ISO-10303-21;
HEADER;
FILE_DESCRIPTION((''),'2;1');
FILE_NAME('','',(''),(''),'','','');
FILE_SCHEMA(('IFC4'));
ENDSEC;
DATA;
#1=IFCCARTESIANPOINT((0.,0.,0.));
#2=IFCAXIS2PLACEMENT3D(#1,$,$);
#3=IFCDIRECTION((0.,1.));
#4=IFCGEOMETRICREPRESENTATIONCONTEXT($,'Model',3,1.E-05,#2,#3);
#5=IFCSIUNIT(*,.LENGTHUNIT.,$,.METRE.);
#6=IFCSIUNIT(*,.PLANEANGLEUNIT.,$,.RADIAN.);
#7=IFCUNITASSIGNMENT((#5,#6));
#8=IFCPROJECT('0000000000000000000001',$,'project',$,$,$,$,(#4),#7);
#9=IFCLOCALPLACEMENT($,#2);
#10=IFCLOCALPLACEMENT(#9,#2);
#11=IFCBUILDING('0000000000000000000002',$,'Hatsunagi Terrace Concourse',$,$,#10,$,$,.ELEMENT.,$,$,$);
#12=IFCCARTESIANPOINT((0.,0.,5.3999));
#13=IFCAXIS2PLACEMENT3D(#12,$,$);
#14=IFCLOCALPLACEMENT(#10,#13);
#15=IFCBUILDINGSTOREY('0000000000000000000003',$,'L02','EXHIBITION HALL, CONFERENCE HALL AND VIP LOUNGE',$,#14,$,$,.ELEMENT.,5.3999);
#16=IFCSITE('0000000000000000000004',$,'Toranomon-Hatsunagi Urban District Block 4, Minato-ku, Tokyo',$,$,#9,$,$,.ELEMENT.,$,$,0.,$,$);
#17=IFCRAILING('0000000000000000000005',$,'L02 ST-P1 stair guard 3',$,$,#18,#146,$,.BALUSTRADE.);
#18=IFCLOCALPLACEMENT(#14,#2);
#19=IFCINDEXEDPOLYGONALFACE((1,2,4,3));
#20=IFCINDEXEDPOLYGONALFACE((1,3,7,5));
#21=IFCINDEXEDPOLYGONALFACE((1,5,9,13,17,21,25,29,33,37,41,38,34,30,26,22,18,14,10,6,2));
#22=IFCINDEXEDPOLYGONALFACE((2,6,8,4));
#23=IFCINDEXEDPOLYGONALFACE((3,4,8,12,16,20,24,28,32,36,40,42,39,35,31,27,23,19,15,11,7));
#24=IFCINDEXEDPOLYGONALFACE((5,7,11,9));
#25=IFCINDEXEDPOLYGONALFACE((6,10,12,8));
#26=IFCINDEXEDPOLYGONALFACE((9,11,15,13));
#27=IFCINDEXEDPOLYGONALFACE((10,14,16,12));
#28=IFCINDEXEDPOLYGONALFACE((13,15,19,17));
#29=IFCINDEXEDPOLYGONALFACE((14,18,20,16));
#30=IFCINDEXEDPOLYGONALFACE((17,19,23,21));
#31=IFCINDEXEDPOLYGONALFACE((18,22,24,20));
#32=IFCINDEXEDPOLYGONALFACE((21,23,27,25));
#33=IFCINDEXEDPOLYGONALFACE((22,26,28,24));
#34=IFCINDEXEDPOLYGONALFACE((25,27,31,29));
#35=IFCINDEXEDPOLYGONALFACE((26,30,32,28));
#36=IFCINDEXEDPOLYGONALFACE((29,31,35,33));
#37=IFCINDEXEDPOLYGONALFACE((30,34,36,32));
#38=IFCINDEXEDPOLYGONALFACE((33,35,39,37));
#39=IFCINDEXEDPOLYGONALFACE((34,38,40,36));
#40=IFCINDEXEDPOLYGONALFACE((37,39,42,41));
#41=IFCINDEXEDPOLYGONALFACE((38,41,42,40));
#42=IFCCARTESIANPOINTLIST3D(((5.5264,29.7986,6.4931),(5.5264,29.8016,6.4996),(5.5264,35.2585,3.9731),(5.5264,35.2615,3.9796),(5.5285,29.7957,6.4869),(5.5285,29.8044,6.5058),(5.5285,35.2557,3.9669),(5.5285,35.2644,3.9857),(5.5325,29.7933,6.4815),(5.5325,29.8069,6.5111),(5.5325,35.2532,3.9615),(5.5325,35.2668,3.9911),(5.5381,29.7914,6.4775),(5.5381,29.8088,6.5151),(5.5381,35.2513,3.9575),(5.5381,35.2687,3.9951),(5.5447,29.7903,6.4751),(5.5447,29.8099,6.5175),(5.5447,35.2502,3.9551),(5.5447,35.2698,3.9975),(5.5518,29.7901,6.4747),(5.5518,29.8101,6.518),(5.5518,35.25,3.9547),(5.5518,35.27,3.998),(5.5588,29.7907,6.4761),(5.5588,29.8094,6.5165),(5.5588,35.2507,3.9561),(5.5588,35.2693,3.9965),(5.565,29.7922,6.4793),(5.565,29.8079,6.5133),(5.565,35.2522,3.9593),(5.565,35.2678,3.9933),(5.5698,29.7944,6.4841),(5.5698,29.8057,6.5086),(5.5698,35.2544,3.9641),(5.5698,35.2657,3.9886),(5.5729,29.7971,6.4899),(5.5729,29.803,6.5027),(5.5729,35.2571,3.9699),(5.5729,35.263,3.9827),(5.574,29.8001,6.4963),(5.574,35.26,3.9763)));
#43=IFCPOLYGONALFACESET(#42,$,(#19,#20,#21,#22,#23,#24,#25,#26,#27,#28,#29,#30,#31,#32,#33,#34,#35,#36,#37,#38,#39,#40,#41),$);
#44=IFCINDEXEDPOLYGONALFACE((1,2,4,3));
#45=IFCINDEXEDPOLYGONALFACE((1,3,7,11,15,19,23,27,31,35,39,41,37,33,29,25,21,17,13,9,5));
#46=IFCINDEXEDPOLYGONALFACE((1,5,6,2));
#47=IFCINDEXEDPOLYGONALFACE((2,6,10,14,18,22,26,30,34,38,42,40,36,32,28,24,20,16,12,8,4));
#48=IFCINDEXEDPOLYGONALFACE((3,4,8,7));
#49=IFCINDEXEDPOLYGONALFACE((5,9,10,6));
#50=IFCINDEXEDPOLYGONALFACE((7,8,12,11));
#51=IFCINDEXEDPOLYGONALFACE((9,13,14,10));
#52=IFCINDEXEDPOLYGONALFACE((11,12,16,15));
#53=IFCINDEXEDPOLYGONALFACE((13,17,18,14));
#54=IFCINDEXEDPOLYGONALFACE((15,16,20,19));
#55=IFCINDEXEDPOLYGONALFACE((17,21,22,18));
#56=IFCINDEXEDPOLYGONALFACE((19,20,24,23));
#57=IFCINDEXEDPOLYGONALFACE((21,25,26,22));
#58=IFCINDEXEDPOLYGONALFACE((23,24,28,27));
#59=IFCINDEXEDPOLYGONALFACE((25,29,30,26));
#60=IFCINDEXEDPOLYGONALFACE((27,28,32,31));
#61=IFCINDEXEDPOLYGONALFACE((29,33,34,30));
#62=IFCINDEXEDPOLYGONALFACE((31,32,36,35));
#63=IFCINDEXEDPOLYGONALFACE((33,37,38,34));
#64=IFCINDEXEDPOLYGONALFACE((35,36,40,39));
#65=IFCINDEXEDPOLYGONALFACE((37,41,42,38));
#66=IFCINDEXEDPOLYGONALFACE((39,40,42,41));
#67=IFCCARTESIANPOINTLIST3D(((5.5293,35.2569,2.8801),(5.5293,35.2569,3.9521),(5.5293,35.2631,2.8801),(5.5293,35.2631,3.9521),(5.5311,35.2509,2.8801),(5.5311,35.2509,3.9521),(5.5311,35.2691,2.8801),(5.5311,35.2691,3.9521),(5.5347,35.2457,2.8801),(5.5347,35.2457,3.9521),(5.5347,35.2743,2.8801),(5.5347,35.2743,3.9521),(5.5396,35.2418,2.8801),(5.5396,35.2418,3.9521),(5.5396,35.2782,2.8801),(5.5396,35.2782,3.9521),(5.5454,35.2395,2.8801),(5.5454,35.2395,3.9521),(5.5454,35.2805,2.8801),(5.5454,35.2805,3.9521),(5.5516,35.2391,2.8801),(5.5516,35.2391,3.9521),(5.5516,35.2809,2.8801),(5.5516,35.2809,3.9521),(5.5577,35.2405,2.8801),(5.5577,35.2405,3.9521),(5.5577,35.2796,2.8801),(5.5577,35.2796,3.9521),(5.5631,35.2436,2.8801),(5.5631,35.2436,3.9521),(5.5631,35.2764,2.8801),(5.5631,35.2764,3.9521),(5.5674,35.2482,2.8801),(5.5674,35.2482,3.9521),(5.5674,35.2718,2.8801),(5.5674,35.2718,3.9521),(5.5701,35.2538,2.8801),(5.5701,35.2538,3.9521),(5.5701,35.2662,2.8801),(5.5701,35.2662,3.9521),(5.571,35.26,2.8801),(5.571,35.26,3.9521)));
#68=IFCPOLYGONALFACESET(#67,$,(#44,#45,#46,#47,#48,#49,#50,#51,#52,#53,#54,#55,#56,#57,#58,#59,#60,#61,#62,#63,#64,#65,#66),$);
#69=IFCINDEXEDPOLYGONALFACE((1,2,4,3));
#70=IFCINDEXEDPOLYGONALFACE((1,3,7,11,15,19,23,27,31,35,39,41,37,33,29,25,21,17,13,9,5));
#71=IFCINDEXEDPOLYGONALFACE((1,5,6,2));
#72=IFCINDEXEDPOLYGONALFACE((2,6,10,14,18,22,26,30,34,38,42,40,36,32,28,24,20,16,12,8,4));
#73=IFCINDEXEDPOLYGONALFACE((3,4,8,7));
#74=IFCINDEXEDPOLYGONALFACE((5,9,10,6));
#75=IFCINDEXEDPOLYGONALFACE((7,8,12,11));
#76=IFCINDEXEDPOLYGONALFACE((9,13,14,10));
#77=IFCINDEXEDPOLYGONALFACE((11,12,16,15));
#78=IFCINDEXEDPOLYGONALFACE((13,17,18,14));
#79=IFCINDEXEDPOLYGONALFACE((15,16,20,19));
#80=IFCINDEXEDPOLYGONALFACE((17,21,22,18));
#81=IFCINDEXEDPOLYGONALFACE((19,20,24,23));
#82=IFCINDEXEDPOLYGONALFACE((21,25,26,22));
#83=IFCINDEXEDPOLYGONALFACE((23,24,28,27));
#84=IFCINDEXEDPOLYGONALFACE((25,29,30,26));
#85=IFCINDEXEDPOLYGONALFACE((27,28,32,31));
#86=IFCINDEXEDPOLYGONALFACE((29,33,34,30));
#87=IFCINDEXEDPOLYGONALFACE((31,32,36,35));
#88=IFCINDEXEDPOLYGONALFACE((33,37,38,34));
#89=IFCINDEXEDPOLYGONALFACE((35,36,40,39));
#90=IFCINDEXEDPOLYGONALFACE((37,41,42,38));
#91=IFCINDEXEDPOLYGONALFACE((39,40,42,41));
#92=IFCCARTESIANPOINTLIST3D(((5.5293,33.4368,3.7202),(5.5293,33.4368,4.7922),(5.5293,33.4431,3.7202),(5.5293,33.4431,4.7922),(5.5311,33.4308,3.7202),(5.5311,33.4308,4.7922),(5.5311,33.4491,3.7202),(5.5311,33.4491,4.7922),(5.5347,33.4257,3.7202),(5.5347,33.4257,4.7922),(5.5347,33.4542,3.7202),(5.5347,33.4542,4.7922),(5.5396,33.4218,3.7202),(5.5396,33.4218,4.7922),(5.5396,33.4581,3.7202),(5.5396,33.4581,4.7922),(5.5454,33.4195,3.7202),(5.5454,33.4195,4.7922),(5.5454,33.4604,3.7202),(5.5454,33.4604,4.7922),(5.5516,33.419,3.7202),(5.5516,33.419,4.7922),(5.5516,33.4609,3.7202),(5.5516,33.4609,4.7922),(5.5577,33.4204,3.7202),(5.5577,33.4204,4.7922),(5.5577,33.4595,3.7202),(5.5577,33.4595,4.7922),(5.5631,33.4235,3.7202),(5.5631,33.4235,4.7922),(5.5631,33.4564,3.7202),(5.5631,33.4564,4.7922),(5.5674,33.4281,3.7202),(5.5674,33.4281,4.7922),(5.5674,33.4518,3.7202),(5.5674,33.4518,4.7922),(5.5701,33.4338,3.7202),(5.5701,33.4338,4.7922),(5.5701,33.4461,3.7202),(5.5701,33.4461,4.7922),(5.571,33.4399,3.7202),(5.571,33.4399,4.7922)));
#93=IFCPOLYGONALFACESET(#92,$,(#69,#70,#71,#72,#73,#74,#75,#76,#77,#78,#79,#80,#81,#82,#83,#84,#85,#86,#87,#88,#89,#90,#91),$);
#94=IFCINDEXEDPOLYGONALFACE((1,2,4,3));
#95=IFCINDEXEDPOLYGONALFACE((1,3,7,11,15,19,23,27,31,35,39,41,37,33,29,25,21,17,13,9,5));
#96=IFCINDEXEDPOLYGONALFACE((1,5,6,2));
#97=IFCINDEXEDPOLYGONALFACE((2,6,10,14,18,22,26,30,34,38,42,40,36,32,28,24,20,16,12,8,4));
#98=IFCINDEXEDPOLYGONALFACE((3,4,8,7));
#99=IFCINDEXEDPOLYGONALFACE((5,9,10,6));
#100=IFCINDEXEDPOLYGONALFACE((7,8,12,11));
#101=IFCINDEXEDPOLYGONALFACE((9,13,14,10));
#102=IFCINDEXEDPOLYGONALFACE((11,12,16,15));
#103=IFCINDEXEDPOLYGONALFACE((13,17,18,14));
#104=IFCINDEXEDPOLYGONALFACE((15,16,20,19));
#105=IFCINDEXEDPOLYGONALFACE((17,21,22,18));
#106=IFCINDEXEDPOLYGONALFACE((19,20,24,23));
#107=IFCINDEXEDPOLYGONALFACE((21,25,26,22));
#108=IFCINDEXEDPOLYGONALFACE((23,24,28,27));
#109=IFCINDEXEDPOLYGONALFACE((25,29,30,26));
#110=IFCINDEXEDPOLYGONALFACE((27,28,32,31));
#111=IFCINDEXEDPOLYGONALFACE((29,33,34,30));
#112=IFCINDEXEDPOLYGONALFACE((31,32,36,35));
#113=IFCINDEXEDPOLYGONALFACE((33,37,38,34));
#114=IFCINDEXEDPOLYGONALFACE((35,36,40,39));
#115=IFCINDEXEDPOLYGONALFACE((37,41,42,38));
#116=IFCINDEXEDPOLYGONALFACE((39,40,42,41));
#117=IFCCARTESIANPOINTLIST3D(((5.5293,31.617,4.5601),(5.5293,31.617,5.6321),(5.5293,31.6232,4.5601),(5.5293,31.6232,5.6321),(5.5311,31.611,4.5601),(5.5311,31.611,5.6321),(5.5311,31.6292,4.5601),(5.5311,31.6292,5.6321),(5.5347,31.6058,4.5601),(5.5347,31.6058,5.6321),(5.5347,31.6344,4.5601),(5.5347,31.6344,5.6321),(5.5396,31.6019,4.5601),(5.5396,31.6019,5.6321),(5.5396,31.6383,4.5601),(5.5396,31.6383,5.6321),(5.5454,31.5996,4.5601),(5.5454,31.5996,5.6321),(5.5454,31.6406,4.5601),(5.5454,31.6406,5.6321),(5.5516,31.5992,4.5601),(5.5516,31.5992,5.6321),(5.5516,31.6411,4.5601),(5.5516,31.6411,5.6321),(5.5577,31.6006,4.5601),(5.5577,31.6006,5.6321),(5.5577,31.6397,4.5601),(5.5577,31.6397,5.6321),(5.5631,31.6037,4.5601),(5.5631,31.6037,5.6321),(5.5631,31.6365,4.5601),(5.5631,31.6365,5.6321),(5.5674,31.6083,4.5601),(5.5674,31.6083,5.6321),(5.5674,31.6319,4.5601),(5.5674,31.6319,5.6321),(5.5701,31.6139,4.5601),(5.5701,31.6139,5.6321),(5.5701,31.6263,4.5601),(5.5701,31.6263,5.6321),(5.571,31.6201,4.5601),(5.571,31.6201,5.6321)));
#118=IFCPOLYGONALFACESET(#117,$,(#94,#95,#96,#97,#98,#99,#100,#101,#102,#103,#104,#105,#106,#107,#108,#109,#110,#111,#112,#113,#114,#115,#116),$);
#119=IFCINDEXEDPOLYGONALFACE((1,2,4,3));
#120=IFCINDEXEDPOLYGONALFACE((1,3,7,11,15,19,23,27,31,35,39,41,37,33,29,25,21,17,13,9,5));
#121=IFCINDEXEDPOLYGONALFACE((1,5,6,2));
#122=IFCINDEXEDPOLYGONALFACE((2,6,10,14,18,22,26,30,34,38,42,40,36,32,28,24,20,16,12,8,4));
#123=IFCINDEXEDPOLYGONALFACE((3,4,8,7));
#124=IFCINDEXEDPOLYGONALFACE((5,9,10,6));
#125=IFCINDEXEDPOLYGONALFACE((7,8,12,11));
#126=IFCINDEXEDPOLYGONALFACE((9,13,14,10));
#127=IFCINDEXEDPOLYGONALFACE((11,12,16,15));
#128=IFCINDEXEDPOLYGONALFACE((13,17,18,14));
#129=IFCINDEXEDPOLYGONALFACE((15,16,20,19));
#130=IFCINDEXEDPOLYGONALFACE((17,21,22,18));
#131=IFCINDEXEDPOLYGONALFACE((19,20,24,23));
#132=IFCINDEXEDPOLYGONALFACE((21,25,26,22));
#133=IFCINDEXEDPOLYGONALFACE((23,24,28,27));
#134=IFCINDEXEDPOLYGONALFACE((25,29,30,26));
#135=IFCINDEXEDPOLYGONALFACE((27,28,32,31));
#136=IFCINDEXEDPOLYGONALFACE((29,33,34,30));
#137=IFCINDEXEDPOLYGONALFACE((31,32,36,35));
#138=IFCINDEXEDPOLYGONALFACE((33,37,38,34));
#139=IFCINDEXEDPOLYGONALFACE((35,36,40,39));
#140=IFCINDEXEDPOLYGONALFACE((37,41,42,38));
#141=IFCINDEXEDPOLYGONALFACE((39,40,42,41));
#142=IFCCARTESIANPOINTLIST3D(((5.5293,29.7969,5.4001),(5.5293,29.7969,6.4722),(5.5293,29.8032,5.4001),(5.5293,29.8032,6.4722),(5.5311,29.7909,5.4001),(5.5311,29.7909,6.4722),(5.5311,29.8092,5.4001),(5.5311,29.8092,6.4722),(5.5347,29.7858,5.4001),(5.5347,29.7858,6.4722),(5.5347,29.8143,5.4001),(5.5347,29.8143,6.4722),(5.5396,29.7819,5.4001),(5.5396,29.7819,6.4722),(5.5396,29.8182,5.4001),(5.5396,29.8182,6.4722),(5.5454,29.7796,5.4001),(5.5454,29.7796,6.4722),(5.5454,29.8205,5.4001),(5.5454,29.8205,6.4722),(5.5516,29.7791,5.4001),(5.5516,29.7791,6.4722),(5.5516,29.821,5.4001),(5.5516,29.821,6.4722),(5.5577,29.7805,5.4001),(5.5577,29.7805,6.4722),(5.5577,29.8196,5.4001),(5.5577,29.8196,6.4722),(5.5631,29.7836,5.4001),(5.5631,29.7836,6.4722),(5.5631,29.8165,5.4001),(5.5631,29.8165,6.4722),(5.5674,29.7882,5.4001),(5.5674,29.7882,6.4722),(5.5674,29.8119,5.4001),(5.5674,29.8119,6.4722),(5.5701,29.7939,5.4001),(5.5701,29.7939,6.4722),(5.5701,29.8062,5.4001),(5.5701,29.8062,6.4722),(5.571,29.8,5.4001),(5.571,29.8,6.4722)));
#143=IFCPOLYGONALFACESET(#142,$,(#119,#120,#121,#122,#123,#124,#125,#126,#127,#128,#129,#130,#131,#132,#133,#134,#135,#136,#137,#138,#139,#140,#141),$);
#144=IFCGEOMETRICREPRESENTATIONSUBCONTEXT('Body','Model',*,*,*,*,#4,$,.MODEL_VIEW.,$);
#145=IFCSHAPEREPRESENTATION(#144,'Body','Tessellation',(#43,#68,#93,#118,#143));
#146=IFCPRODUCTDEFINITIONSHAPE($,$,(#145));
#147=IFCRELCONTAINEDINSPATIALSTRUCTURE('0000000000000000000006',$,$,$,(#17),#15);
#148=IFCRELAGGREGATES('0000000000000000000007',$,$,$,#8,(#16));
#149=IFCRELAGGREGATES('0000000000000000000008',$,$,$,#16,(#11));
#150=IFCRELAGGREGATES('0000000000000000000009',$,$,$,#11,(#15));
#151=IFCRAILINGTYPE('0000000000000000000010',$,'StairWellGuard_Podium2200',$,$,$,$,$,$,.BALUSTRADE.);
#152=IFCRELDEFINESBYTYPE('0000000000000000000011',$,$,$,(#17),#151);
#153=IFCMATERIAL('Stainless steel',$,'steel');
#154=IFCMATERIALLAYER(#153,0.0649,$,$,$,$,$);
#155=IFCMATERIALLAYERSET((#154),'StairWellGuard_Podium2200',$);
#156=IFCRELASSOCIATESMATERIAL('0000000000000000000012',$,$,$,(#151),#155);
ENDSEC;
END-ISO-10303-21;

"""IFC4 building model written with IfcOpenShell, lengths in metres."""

from ifc_helpers import new_model, si_unit, direction, frame, origin, origin_2d, place, context, subcontext, project, spatial, circle, extrude, material, layer, layer_set, type_object, element, save


model = new_model("IFC4")

# Units and contexts
model_context = context("Model", 3, precision=1e-05, world=origin(), true_north=direction((0.0, 1.0)))
body_context = subcontext(model_context, "Body", "Model", "MODEL_VIEW")
ifc_project = project(units=[si_unit("LENGTHUNIT", "METRE"), si_unit("PLANEANGLEUNIT", "RADIAN")], contexts=[model_context])

# Site, building, storey
site_placement = place(None, origin())
site = spatial("IfcSite", under=ifc_project, at=site_placement, Name="Toranomon-Hatsunagi Urban District Block 4, Minato-ku, Tokyo", CompositionType="ELEMENT", RefElevation=0.0)
building_placement = place(site_placement, origin())
building = spatial("IfcBuilding", under=site, at=building_placement, Name="Hatsunagi Terrace Concourse", CompositionType="ELEMENT")
storey_placement = place(building_placement, frame((0.0, 0.0, 5.3999)))
storey = spatial("IfcBuildingStorey", under=building, at=storey_placement, Name="L02", Description="EXHIBITION HALL, CONFERENCE HALL AND VIP LOUNGE", CompositionType="ELEMENT", Elevation=5.3999)

# Railing
ifc_material_1 = material(Name="Stainless steel", Category="steel")
ifc_layer_1 = layer(ifc_material_1, 0.0649)
ifc_layer_set_1 = layer_set([ifc_layer_1], Name="StairWellGuard_Podium2200")
railing_type_1 = type_object("IfcRailingType", Name="StairWellGuard_Podium2200", PredefinedType="BALUSTRADE", material=ifc_layer_set_1)
railing_1_placement = place(storey_placement, frame((5.55, 35.26, 2.8801)))
element("IfcRailing", 1, at=railing_1_placement, inside=storey, type_object=railing_type_1, Name="L02 ST-P1 stair guard 3", PredefinedType="BALUSTRADE", context=body_context, shape_type="SweptSolid", body=[
    extrude(circle(Radius=0.0239, at=origin_2d()), frame((0.0, 0.0, 1.0962), z_axis=(0.0, -0.907957, 0.419063), x_axis=(1.0, 0.0, 0.0)), (0.0, 0.0, 1.0), 6.0134),
    extrude(circle(Radius=0.021, at=origin_2d()), origin(), (0.0, 0.0, 1.0), 1.072),
    extrude(circle(Radius=0.021, at=origin_2d()), frame((0.0, -1.8201, 0.8401)), (0.0, 0.0, 1.0), 1.072),
    extrude(circle(Radius=0.021, at=origin_2d()), frame((0.0, -3.6399, 1.6799)), (0.0, 0.0, 1.0), 1.072),
    extrude(circle(Radius=0.021, at=origin_2d()), frame((0.0, -5.46, 2.52)), (0.0, 0.0, 1.0), 1.072),
])

save(model, "model.ifc")
